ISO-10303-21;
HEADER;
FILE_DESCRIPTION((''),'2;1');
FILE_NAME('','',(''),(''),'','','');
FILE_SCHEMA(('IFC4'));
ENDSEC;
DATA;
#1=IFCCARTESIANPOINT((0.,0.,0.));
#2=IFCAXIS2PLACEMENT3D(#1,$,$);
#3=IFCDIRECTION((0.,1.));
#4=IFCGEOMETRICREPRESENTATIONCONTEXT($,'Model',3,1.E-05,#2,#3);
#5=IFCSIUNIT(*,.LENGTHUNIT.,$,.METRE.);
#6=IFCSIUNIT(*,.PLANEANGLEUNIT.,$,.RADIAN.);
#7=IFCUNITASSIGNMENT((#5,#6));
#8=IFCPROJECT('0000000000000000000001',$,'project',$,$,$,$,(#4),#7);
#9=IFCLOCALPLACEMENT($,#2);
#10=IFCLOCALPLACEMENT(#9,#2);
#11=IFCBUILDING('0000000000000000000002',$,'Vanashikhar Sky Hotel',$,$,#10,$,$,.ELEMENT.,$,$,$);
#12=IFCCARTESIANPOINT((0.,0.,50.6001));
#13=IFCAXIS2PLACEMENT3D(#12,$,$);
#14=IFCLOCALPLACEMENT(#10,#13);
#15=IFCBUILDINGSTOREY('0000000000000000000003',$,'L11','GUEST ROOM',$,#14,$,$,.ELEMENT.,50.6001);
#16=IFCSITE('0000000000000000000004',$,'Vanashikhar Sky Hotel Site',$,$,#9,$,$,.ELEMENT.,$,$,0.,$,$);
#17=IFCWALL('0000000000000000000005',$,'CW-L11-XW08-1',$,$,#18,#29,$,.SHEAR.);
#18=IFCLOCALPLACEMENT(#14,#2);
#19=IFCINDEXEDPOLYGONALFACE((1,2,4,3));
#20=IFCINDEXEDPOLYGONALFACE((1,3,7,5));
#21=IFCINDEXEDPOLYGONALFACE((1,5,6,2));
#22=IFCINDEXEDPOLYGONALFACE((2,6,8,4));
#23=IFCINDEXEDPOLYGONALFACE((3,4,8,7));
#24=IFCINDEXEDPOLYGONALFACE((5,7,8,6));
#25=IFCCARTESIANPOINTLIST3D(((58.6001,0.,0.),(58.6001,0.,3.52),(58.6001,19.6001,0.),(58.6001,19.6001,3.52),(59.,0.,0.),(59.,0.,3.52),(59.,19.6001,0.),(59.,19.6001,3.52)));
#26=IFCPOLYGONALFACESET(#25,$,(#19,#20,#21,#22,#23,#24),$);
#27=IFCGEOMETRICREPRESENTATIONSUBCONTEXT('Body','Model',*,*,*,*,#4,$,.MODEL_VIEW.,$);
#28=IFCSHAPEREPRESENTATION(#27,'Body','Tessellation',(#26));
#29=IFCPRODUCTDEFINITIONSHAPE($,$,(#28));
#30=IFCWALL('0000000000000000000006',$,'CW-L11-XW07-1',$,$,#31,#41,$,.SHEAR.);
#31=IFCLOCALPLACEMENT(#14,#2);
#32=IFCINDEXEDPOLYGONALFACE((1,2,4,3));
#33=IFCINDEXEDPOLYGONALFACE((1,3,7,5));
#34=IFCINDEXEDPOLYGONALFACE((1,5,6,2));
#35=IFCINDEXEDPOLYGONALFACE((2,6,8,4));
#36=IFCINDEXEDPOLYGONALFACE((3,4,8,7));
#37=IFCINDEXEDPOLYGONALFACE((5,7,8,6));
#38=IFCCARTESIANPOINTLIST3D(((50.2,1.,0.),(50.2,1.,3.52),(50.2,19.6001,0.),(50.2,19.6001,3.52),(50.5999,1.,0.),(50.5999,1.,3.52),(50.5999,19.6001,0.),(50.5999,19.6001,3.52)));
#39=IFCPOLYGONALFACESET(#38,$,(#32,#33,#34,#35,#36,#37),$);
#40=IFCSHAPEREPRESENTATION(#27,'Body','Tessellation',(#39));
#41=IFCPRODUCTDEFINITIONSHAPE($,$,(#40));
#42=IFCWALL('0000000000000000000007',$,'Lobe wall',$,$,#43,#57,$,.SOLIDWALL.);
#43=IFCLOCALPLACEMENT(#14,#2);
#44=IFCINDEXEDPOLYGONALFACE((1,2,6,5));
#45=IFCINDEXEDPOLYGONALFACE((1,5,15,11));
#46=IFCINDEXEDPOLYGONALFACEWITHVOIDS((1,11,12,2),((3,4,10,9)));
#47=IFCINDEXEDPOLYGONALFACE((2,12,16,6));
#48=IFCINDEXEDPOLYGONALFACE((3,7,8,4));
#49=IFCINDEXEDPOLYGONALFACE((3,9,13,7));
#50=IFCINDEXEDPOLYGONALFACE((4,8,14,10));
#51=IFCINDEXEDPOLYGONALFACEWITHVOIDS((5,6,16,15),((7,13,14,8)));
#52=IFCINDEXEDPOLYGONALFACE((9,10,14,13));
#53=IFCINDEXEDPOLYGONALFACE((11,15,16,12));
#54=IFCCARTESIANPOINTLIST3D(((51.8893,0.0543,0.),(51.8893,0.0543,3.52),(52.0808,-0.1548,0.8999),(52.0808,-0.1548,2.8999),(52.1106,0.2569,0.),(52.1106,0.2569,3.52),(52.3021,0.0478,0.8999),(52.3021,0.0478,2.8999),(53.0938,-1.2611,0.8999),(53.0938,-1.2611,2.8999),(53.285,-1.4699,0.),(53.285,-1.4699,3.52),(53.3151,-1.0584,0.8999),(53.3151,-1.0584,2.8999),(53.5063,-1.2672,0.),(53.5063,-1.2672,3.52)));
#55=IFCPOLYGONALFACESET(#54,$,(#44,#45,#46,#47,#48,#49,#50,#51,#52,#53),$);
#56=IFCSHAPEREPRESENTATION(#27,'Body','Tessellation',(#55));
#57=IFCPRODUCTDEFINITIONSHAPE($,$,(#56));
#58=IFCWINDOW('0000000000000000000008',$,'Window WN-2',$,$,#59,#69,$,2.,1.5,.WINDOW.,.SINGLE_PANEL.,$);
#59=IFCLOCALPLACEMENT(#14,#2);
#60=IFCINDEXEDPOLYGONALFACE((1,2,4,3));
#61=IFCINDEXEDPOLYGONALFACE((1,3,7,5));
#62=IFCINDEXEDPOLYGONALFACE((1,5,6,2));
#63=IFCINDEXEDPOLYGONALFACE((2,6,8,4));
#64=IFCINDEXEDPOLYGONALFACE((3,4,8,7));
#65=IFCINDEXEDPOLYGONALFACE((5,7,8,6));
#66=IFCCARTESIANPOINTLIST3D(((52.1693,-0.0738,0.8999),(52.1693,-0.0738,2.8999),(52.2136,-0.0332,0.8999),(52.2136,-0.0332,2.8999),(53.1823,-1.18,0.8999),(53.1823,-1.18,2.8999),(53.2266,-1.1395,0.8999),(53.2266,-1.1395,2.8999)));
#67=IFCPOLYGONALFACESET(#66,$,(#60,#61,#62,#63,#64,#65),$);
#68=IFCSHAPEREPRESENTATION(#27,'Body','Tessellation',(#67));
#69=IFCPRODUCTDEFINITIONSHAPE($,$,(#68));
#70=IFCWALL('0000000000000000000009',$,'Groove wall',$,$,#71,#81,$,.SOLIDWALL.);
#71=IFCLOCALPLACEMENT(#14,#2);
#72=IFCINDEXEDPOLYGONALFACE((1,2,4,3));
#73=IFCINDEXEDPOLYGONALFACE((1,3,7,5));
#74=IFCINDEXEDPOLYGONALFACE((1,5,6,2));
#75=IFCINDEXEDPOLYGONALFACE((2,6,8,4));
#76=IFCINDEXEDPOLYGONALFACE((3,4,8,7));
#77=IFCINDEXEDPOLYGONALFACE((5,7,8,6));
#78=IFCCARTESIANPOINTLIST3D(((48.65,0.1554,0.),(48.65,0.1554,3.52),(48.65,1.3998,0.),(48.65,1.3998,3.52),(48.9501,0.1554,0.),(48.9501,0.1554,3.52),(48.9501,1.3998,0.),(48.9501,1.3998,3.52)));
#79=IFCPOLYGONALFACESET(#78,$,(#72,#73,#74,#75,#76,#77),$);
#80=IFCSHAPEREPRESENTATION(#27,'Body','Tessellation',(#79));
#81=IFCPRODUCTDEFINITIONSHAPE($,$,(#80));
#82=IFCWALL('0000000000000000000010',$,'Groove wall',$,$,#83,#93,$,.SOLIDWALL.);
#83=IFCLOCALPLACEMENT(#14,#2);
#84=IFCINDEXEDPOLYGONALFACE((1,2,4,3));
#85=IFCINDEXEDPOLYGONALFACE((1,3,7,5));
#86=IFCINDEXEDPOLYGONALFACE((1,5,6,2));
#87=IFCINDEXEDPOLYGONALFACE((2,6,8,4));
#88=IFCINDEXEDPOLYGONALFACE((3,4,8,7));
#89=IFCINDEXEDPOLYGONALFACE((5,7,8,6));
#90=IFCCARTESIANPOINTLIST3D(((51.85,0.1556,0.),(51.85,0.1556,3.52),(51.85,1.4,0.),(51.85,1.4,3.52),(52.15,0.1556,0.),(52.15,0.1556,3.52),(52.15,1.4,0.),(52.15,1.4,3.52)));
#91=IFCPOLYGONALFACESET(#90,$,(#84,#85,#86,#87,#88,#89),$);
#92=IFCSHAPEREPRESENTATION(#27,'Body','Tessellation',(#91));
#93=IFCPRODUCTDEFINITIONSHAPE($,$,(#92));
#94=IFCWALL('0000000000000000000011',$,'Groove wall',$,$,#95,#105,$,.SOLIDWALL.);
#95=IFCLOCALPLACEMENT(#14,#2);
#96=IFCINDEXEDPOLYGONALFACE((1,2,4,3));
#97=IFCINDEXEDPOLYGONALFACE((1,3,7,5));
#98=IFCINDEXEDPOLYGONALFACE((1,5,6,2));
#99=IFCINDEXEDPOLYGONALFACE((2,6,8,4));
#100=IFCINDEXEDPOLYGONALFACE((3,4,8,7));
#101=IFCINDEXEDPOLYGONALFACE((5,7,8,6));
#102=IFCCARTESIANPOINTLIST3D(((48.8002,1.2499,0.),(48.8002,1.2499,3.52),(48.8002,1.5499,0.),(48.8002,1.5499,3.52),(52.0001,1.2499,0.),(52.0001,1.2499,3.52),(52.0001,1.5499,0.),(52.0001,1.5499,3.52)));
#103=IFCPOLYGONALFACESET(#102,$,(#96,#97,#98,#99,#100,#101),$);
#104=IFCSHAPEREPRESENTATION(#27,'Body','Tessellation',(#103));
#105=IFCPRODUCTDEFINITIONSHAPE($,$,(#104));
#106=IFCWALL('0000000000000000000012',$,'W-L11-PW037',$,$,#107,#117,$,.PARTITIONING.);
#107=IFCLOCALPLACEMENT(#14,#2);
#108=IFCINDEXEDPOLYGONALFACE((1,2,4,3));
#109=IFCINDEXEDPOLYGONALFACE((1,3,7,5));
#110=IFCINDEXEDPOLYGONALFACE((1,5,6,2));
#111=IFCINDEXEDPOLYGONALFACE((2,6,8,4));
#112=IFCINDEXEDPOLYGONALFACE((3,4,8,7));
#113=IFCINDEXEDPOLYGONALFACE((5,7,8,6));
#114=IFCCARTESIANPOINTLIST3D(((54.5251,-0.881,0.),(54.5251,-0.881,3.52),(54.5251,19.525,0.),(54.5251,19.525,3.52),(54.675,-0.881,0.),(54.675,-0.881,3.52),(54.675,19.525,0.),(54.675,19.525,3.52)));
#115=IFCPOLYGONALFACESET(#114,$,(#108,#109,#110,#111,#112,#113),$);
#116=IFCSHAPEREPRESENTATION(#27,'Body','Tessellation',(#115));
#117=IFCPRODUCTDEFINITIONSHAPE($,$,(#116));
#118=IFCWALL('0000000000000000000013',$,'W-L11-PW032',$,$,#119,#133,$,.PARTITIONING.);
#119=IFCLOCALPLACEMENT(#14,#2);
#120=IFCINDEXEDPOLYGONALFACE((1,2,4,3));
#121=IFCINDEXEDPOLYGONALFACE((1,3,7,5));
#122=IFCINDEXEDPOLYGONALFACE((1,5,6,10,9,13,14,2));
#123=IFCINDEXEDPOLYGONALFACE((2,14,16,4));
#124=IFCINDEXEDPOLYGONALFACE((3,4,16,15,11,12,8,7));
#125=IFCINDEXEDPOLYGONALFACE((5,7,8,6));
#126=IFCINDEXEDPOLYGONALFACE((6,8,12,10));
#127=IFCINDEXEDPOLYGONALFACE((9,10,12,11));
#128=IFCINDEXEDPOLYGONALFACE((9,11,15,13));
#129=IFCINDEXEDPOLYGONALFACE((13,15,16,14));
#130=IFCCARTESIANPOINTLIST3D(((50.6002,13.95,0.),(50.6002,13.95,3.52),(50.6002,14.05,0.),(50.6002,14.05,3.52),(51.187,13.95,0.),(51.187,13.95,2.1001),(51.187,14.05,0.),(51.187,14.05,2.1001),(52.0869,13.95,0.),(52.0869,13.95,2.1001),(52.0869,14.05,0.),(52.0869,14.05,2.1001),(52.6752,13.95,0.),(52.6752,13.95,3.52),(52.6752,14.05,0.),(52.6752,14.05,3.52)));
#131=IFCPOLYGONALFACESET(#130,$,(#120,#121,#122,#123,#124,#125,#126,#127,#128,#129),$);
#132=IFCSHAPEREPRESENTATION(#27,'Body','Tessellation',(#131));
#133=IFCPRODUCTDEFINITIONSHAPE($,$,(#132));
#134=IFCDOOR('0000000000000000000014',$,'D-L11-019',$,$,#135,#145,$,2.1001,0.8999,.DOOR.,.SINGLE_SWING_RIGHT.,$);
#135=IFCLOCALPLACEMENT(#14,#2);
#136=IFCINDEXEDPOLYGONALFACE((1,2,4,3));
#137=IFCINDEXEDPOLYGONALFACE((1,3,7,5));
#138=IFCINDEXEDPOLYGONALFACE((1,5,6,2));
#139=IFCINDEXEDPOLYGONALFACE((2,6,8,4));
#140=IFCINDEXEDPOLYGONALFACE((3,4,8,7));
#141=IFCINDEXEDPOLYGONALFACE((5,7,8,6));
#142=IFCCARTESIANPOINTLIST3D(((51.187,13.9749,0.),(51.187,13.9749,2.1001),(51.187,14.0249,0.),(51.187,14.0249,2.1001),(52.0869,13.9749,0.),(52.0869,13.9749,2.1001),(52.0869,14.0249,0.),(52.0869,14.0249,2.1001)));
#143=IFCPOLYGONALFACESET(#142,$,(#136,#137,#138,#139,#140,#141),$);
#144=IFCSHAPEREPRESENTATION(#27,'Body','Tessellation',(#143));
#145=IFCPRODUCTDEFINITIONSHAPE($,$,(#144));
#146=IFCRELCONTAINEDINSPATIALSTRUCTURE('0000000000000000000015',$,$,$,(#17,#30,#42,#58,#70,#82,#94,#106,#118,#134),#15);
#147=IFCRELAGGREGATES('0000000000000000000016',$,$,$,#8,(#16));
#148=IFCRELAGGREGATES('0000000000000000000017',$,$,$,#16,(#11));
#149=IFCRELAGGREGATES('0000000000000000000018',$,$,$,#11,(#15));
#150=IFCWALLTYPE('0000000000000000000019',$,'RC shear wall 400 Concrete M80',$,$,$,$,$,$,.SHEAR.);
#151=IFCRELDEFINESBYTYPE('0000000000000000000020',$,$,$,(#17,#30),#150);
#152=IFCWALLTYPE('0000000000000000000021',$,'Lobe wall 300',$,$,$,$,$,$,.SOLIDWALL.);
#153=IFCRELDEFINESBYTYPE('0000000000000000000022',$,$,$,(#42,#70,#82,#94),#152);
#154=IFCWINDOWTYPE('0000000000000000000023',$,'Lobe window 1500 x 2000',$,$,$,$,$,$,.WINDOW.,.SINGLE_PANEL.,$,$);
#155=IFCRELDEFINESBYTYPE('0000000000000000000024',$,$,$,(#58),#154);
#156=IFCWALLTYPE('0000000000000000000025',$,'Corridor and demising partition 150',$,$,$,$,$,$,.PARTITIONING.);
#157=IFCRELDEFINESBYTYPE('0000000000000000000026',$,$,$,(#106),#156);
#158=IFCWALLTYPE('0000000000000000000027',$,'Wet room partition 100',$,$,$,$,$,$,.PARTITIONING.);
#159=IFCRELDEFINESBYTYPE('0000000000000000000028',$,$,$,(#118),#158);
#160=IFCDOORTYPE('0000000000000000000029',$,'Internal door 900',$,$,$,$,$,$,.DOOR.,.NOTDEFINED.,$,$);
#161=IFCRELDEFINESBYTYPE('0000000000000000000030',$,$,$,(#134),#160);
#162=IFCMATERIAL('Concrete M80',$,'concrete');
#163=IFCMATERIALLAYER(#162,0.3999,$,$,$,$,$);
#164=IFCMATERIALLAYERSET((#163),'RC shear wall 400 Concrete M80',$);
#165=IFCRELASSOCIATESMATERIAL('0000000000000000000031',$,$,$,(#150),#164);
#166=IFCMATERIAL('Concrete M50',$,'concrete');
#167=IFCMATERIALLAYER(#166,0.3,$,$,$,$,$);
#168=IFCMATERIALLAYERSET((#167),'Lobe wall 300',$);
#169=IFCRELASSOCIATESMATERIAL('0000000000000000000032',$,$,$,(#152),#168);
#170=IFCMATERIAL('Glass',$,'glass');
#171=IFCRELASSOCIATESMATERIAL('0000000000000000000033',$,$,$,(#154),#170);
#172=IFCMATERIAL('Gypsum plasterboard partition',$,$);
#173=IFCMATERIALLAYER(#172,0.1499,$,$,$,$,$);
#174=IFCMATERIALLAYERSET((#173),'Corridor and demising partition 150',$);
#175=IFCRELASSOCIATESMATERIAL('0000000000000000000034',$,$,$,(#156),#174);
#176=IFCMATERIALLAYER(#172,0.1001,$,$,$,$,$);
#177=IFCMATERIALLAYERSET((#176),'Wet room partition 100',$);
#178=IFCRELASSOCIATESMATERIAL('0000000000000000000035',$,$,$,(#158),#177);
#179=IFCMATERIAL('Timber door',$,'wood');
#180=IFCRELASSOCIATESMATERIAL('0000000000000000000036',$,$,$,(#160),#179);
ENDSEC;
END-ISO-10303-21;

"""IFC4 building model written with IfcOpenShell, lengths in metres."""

from ifc_helpers import new_model, si_unit, direction, frame, frame_2d, origin, place, context, subcontext, project, spatial, rectangle, extrude, source, transform, mapped, material, layer, layer_set, type_object, element, fill, save


model = new_model("IFC4")

# Units and contexts
model_context = context("Model", 3, precision=1e-05, world=origin(), true_north=direction((0.0, 1.0)))
body_context = subcontext(model_context, "Body", "Model", "MODEL_VIEW")
ifc_project = project(units=[si_unit("LENGTHUNIT", "METRE"), si_unit("PLANEANGLEUNIT", "RADIAN")], contexts=[model_context])

# Site, building, storey
site_placement = place(None, origin())
site = spatial("IfcSite", under=ifc_project, at=site_placement, Name="Vanashikhar Sky Hotel Site", CompositionType="ELEMENT", RefElevation=0.0)
building_placement = place(site_placement, origin())
building = spatial("IfcBuilding", under=site, at=building_placement, Name="Vanashikhar Sky Hotel", CompositionType="ELEMENT")
storey_placement = place(building_placement, frame((0.0, 0.0, 50.6001)))
storey = spatial("IfcBuildingStorey", under=building, at=storey_placement, Name="L11", Description="GUEST ROOM", CompositionType="ELEMENT", Elevation=50.6001)

# Walls
ifc_material_1 = material(Name="Concrete M80", Category="concrete")
ifc_layer_1 = layer(ifc_material_1, 0.3999)
ifc_layer_set_1 = layer_set([ifc_layer_1], Name="RC shear wall 400 Concrete M80")
wall_type_1 = type_object("IfcWallType", Name="RC shear wall 400 Concrete M80", PredefinedType="SHEAR", material=ifc_layer_set_1)
shared_shape_1 = source(origin(), body_context, "Body", "SweptSolid", [
    extrude(rectangle(XDim=19.6001, YDim=0.3999, at=frame_2d((9.8, 0.0))), origin(), (0.0, 0.0, 1.0), 3.52),
])
wall_1_placement = place(storey_placement, frame((58.8, 0.0, 0.0), z_axis=(0.0, 0.0, 1.0), x_axis=(0.0, 1.0, 0.0)))
element("IfcWall", 1, at=wall_1_placement, inside=storey, type_object=wall_type_1, Name="CW-L11-XW08-1", PredefinedType="SHEAR", context=body_context, shape_type="MappedRepresentation", body=[
    mapped(shared_shape_1, transform((0.0, 0.0, 0.0), scale=1.0)),
])
shared_shape_2 = source(origin(), body_context, "Body", "SweptSolid", [
    extrude(rectangle(XDim=18.6001, YDim=0.3999, at=frame_2d((9.3, 0.0))), origin(), (0.0, 0.0, 1.0), 3.52),
])
wall_2_placement = place(storey_placement, frame((50.3999, 1.0, 0.0), z_axis=(0.0, 0.0, 1.0), x_axis=(0.0, 1.0, 0.0)))
element("IfcWall", 2, at=wall_2_placement, inside=storey, type_object=wall_type_1, Name="CW-L11-XW07-1", PredefinedType="SHEAR", context=body_context, shape_type="MappedRepresentation", body=[
    mapped(shared_shape_2, transform((0.0, 0.0, 0.0), scale=1.0)),
])

# Wall, opening, window
ifc_material_2 = material(Name="Concrete M50", Category="concrete")
ifc_layer_2 = layer(ifc_material_2, 0.3)
ifc_layer_set_2 = layer_set([ifc_layer_2], Name="Lobe wall 300")
wall_type_2 = type_object("IfcWallType", Name="Lobe wall 300", PredefinedType="SOLIDWALL", material=ifc_layer_set_2)
shared_shape_3 = source(origin(), body_context, "Body", "SweptSolid", [
    extrude(rectangle(XDim=2.0667, YDim=0.3, at=frame_2d((1.0332, 0.0))), origin(), (0.0, 0.0, 1.0), 3.52),
])
wall_3_placement = place(storey_placement, frame((52.0, 0.1555, 0.0), z_axis=(0.0, 0.0, 1.0), x_axis=(0.675355, -0.737492, 0.0)))
wall_3 = element("IfcWall", 3, at=wall_3_placement, inside=storey, type_object=wall_type_2, Name="Lobe wall", PredefinedType="SOLIDWALL", context=body_context, shape_type="MappedRepresentation", body=[
    mapped(shared_shape_3, transform((0.0, 0.0, 0.0), scale=1.0)),
])
shared_shape_4 = source(origin(), body_context, "Body", "SweptSolid", [
    extrude(rectangle(XDim=1.5, YDim=2.0, at=frame_2d((0.75, 1.0))), frame((0.0, 0.1602, 0.0), z_axis=(0.0, -1.0, 0.0), x_axis=(1.0, 0.0, 0.0)), (0.0, 0.0, 1.0), 0.3201),
])
opening_1_placement = place(wall_3_placement, frame((0.2834, 0.0, 0.8999)))
opening_1 = element("IfcOpeningElement", 4, at=opening_1_placement, cuts=wall_3, PredefinedType="OPENING", context=body_context, shape_type="MappedRepresentation", body=[
    mapped(shared_shape_4, transform((0.0, 0.0, 0.0), scale=1.0)),
])
ifc_material_3 = material(Name="Glass", Category="glass")
window_type = type_object("IfcWindowType", Name="Lobe window 1500 x 2000", PartitioningType="SINGLE_PANEL", PredefinedType="WINDOW", material=ifc_material_3)
shared_shape_5 = source(origin(), body_context, "Body", "SweptSolid", [
    extrude(rectangle(XDim=1.5, YDim=2.0, at=frame_2d((0.75, 1.0))), frame((0.0, 0.03, 0.0), z_axis=(0.0, -1.0, 0.0), x_axis=(1.0, 0.0, 0.0)), (0.0, 0.0, 1.0), 0.0601),
])
window_placement = place(opening_1_placement, origin())
window = element("IfcWindow", 5, at=window_placement, inside=storey, type_object=window_type, Name="Window WN-2", OverallHeight=2.0, OverallWidth=1.5, PartitioningType="SINGLE_PANEL", PredefinedType="WINDOW", context=body_context, shape_type="MappedRepresentation", body=[
    mapped(shared_shape_5, transform((0.0, 0.0, 0.0), scale=1.0)),
])
fill(opening_1, window)

# Walls
shared_shape_6 = source(origin(), body_context, "Body", "SweptSolid", [
    extrude(rectangle(XDim=1.2444, YDim=0.3, at=frame_2d((0.6221, 0.0))), origin(), (0.0, 0.0, 1.0), 3.52),
])
for number, where, z_axis, x_axis, name in (
    (6, (48.8, 0.1555, 0.0), (0.0, 0.0, 1.0), (0.0, 1.0, 0.0), "Groove wall"),
    (7, (52.0, 1.3999, 0.0), (0.0, 0.0, 1.0), (0.0, -1.0, 0.0), "Groove wall"),
):
    element("IfcWall", number, at=place(storey_placement, frame(where, z_axis=z_axis, x_axis=x_axis)), inside=storey, type_object=wall_type_2, Name=name, PredefinedType="SOLIDWALL", context=body_context, shape_type="MappedRepresentation", body=[
        mapped(shared_shape_6, transform((0.0, 0.0, 0.0), scale=1.0)),
    ])
shared_shape_7 = source(origin(), body_context, "Body", "SweptSolid", [
    extrude(rectangle(XDim=3.2, YDim=0.3, at=frame_2d((1.6001, 0.0))), origin(), (0.0, 0.0, 1.0), 3.52),
])
wall_4_placement = place(storey_placement, frame((48.8, 1.3999, 0.0), z_axis=(0.0, 0.0, 1.0), x_axis=(1.0, 0.0, 0.0)))
element("IfcWall", 8, at=wall_4_placement, inside=storey, type_object=wall_type_2, Name="Groove wall", PredefinedType="SOLIDWALL", context=body_context, shape_type="MappedRepresentation", body=[
    mapped(shared_shape_7, transform((0.0, 0.0, 0.0), scale=1.0)),
])
ifc_material_4 = material(Name="Gypsum plasterboard partition")
ifc_layer_3 = layer(ifc_material_4, 0.1499)
ifc_layer_set_3 = layer_set([ifc_layer_3], Name="Corridor and demising partition 150")
wall_type_3 = type_object("IfcWallType", Name="Corridor and demising partition 150", PredefinedType="PARTITIONING", material=ifc_layer_set_3)
shared_shape_8 = source(origin(), body_context, "Body", "SweptSolid", [
    extrude(rectangle(XDim=20.406, YDim=0.1499, at=frame_2d((10.2031, 0.0))), origin(), (0.0, 0.0, 1.0), 3.52),
])
wall_5_placement = place(storey_placement, frame((54.6001, -0.8811, 0.0), z_axis=(0.0, 0.0, 1.0), x_axis=(0.0, 1.0, 0.0)))
element("IfcWall", 9, at=wall_5_placement, inside=storey, type_object=wall_type_3, Name="W-L11-PW037", PredefinedType="PARTITIONING", context=body_context, shape_type="MappedRepresentation", body=[
    mapped(shared_shape_8, transform((0.0, 0.0, 0.0), scale=1.0)),
])

# Wall, opening, door
ifc_layer_4 = layer(ifc_material_4, 0.1001)
ifc_layer_set_4 = layer_set([ifc_layer_4], Name="Wet room partition 100")
wall_type_4 = type_object("IfcWallType", Name="Wet room partition 100", PredefinedType="PARTITIONING", material=ifc_layer_set_4)
shared_shape_9 = source(origin(), body_context, "Body", "SweptSolid", [
    extrude(rectangle(XDim=2.075, YDim=0.1001, at=frame_2d((1.0376, 0.0))), origin(), (0.0, 0.0, 1.0), 3.52),
])
wall_6_placement = place(storey_placement, frame((50.6001, 14.0, 0.0), z_axis=(0.0, 0.0, 1.0), x_axis=(1.0, 0.0, 0.0)))
wall_6 = element("IfcWall", 10, at=wall_6_placement, inside=storey, type_object=wall_type_4, Name="W-L11-PW032", PredefinedType="PARTITIONING", context=body_context, shape_type="MappedRepresentation", body=[
    mapped(shared_shape_9, transform((0.0, 0.0, 0.0), scale=1.0)),
])
shared_shape_10 = source(origin(), body_context, "Body", "SweptSolid", [
    extrude(rectangle(XDim=0.8999, YDim=2.1001, at=frame_2d((0.45, 1.05))), frame((0.0, 0.0601, 0.0), z_axis=(0.0, -1.0, 0.0), x_axis=(1.0, 0.0, 0.0)), (0.0, 0.0, 1.0), 0.1201),
])
opening_2_placement = place(wall_6_placement, frame((0.5869, 0.0, 0.0)))
opening_2 = element("IfcOpeningElement", 11, at=opening_2_placement, cuts=wall_6, PredefinedType="OPENING", context=body_context, shape_type="MappedRepresentation", body=[
    mapped(shared_shape_10, transform((0.0, 0.0, 0.0), scale=1.0)),
])
ifc_material_5 = material(Name="Timber door", Category="wood")
door_type = type_object("IfcDoorType", Name="Internal door 900", OperationType="NOTDEFINED", PredefinedType="DOOR", material=ifc_material_5)
shared_shape_11 = source(origin(), body_context, "Body", "SweptSolid", [
    extrude(rectangle(XDim=0.8999, YDim=2.1001, at=frame_2d((0.45, 1.05))), frame((0.0, 0.0249, 0.0), z_axis=(0.0, -1.0, 0.0), x_axis=(1.0, 0.0, 0.0)), (0.0, 0.0, 1.0), 0.05),
])
door_1_placement = place(opening_2_placement, origin())
door_1 = element("IfcDoor", 12, at=door_1_placement, inside=storey, type_object=door_type, Name="D-L11-019", OperationType="SINGLE_SWING_RIGHT", OverallHeight=2.1001, OverallWidth=0.8999, PredefinedType="DOOR", context=body_context, shape_type="MappedRepresentation", body=[
    mapped(shared_shape_11, transform((0.0, 0.0, 0.0), scale=1.0)),
])
fill(opening_2, door_1)

save(model, "model.ifc")
